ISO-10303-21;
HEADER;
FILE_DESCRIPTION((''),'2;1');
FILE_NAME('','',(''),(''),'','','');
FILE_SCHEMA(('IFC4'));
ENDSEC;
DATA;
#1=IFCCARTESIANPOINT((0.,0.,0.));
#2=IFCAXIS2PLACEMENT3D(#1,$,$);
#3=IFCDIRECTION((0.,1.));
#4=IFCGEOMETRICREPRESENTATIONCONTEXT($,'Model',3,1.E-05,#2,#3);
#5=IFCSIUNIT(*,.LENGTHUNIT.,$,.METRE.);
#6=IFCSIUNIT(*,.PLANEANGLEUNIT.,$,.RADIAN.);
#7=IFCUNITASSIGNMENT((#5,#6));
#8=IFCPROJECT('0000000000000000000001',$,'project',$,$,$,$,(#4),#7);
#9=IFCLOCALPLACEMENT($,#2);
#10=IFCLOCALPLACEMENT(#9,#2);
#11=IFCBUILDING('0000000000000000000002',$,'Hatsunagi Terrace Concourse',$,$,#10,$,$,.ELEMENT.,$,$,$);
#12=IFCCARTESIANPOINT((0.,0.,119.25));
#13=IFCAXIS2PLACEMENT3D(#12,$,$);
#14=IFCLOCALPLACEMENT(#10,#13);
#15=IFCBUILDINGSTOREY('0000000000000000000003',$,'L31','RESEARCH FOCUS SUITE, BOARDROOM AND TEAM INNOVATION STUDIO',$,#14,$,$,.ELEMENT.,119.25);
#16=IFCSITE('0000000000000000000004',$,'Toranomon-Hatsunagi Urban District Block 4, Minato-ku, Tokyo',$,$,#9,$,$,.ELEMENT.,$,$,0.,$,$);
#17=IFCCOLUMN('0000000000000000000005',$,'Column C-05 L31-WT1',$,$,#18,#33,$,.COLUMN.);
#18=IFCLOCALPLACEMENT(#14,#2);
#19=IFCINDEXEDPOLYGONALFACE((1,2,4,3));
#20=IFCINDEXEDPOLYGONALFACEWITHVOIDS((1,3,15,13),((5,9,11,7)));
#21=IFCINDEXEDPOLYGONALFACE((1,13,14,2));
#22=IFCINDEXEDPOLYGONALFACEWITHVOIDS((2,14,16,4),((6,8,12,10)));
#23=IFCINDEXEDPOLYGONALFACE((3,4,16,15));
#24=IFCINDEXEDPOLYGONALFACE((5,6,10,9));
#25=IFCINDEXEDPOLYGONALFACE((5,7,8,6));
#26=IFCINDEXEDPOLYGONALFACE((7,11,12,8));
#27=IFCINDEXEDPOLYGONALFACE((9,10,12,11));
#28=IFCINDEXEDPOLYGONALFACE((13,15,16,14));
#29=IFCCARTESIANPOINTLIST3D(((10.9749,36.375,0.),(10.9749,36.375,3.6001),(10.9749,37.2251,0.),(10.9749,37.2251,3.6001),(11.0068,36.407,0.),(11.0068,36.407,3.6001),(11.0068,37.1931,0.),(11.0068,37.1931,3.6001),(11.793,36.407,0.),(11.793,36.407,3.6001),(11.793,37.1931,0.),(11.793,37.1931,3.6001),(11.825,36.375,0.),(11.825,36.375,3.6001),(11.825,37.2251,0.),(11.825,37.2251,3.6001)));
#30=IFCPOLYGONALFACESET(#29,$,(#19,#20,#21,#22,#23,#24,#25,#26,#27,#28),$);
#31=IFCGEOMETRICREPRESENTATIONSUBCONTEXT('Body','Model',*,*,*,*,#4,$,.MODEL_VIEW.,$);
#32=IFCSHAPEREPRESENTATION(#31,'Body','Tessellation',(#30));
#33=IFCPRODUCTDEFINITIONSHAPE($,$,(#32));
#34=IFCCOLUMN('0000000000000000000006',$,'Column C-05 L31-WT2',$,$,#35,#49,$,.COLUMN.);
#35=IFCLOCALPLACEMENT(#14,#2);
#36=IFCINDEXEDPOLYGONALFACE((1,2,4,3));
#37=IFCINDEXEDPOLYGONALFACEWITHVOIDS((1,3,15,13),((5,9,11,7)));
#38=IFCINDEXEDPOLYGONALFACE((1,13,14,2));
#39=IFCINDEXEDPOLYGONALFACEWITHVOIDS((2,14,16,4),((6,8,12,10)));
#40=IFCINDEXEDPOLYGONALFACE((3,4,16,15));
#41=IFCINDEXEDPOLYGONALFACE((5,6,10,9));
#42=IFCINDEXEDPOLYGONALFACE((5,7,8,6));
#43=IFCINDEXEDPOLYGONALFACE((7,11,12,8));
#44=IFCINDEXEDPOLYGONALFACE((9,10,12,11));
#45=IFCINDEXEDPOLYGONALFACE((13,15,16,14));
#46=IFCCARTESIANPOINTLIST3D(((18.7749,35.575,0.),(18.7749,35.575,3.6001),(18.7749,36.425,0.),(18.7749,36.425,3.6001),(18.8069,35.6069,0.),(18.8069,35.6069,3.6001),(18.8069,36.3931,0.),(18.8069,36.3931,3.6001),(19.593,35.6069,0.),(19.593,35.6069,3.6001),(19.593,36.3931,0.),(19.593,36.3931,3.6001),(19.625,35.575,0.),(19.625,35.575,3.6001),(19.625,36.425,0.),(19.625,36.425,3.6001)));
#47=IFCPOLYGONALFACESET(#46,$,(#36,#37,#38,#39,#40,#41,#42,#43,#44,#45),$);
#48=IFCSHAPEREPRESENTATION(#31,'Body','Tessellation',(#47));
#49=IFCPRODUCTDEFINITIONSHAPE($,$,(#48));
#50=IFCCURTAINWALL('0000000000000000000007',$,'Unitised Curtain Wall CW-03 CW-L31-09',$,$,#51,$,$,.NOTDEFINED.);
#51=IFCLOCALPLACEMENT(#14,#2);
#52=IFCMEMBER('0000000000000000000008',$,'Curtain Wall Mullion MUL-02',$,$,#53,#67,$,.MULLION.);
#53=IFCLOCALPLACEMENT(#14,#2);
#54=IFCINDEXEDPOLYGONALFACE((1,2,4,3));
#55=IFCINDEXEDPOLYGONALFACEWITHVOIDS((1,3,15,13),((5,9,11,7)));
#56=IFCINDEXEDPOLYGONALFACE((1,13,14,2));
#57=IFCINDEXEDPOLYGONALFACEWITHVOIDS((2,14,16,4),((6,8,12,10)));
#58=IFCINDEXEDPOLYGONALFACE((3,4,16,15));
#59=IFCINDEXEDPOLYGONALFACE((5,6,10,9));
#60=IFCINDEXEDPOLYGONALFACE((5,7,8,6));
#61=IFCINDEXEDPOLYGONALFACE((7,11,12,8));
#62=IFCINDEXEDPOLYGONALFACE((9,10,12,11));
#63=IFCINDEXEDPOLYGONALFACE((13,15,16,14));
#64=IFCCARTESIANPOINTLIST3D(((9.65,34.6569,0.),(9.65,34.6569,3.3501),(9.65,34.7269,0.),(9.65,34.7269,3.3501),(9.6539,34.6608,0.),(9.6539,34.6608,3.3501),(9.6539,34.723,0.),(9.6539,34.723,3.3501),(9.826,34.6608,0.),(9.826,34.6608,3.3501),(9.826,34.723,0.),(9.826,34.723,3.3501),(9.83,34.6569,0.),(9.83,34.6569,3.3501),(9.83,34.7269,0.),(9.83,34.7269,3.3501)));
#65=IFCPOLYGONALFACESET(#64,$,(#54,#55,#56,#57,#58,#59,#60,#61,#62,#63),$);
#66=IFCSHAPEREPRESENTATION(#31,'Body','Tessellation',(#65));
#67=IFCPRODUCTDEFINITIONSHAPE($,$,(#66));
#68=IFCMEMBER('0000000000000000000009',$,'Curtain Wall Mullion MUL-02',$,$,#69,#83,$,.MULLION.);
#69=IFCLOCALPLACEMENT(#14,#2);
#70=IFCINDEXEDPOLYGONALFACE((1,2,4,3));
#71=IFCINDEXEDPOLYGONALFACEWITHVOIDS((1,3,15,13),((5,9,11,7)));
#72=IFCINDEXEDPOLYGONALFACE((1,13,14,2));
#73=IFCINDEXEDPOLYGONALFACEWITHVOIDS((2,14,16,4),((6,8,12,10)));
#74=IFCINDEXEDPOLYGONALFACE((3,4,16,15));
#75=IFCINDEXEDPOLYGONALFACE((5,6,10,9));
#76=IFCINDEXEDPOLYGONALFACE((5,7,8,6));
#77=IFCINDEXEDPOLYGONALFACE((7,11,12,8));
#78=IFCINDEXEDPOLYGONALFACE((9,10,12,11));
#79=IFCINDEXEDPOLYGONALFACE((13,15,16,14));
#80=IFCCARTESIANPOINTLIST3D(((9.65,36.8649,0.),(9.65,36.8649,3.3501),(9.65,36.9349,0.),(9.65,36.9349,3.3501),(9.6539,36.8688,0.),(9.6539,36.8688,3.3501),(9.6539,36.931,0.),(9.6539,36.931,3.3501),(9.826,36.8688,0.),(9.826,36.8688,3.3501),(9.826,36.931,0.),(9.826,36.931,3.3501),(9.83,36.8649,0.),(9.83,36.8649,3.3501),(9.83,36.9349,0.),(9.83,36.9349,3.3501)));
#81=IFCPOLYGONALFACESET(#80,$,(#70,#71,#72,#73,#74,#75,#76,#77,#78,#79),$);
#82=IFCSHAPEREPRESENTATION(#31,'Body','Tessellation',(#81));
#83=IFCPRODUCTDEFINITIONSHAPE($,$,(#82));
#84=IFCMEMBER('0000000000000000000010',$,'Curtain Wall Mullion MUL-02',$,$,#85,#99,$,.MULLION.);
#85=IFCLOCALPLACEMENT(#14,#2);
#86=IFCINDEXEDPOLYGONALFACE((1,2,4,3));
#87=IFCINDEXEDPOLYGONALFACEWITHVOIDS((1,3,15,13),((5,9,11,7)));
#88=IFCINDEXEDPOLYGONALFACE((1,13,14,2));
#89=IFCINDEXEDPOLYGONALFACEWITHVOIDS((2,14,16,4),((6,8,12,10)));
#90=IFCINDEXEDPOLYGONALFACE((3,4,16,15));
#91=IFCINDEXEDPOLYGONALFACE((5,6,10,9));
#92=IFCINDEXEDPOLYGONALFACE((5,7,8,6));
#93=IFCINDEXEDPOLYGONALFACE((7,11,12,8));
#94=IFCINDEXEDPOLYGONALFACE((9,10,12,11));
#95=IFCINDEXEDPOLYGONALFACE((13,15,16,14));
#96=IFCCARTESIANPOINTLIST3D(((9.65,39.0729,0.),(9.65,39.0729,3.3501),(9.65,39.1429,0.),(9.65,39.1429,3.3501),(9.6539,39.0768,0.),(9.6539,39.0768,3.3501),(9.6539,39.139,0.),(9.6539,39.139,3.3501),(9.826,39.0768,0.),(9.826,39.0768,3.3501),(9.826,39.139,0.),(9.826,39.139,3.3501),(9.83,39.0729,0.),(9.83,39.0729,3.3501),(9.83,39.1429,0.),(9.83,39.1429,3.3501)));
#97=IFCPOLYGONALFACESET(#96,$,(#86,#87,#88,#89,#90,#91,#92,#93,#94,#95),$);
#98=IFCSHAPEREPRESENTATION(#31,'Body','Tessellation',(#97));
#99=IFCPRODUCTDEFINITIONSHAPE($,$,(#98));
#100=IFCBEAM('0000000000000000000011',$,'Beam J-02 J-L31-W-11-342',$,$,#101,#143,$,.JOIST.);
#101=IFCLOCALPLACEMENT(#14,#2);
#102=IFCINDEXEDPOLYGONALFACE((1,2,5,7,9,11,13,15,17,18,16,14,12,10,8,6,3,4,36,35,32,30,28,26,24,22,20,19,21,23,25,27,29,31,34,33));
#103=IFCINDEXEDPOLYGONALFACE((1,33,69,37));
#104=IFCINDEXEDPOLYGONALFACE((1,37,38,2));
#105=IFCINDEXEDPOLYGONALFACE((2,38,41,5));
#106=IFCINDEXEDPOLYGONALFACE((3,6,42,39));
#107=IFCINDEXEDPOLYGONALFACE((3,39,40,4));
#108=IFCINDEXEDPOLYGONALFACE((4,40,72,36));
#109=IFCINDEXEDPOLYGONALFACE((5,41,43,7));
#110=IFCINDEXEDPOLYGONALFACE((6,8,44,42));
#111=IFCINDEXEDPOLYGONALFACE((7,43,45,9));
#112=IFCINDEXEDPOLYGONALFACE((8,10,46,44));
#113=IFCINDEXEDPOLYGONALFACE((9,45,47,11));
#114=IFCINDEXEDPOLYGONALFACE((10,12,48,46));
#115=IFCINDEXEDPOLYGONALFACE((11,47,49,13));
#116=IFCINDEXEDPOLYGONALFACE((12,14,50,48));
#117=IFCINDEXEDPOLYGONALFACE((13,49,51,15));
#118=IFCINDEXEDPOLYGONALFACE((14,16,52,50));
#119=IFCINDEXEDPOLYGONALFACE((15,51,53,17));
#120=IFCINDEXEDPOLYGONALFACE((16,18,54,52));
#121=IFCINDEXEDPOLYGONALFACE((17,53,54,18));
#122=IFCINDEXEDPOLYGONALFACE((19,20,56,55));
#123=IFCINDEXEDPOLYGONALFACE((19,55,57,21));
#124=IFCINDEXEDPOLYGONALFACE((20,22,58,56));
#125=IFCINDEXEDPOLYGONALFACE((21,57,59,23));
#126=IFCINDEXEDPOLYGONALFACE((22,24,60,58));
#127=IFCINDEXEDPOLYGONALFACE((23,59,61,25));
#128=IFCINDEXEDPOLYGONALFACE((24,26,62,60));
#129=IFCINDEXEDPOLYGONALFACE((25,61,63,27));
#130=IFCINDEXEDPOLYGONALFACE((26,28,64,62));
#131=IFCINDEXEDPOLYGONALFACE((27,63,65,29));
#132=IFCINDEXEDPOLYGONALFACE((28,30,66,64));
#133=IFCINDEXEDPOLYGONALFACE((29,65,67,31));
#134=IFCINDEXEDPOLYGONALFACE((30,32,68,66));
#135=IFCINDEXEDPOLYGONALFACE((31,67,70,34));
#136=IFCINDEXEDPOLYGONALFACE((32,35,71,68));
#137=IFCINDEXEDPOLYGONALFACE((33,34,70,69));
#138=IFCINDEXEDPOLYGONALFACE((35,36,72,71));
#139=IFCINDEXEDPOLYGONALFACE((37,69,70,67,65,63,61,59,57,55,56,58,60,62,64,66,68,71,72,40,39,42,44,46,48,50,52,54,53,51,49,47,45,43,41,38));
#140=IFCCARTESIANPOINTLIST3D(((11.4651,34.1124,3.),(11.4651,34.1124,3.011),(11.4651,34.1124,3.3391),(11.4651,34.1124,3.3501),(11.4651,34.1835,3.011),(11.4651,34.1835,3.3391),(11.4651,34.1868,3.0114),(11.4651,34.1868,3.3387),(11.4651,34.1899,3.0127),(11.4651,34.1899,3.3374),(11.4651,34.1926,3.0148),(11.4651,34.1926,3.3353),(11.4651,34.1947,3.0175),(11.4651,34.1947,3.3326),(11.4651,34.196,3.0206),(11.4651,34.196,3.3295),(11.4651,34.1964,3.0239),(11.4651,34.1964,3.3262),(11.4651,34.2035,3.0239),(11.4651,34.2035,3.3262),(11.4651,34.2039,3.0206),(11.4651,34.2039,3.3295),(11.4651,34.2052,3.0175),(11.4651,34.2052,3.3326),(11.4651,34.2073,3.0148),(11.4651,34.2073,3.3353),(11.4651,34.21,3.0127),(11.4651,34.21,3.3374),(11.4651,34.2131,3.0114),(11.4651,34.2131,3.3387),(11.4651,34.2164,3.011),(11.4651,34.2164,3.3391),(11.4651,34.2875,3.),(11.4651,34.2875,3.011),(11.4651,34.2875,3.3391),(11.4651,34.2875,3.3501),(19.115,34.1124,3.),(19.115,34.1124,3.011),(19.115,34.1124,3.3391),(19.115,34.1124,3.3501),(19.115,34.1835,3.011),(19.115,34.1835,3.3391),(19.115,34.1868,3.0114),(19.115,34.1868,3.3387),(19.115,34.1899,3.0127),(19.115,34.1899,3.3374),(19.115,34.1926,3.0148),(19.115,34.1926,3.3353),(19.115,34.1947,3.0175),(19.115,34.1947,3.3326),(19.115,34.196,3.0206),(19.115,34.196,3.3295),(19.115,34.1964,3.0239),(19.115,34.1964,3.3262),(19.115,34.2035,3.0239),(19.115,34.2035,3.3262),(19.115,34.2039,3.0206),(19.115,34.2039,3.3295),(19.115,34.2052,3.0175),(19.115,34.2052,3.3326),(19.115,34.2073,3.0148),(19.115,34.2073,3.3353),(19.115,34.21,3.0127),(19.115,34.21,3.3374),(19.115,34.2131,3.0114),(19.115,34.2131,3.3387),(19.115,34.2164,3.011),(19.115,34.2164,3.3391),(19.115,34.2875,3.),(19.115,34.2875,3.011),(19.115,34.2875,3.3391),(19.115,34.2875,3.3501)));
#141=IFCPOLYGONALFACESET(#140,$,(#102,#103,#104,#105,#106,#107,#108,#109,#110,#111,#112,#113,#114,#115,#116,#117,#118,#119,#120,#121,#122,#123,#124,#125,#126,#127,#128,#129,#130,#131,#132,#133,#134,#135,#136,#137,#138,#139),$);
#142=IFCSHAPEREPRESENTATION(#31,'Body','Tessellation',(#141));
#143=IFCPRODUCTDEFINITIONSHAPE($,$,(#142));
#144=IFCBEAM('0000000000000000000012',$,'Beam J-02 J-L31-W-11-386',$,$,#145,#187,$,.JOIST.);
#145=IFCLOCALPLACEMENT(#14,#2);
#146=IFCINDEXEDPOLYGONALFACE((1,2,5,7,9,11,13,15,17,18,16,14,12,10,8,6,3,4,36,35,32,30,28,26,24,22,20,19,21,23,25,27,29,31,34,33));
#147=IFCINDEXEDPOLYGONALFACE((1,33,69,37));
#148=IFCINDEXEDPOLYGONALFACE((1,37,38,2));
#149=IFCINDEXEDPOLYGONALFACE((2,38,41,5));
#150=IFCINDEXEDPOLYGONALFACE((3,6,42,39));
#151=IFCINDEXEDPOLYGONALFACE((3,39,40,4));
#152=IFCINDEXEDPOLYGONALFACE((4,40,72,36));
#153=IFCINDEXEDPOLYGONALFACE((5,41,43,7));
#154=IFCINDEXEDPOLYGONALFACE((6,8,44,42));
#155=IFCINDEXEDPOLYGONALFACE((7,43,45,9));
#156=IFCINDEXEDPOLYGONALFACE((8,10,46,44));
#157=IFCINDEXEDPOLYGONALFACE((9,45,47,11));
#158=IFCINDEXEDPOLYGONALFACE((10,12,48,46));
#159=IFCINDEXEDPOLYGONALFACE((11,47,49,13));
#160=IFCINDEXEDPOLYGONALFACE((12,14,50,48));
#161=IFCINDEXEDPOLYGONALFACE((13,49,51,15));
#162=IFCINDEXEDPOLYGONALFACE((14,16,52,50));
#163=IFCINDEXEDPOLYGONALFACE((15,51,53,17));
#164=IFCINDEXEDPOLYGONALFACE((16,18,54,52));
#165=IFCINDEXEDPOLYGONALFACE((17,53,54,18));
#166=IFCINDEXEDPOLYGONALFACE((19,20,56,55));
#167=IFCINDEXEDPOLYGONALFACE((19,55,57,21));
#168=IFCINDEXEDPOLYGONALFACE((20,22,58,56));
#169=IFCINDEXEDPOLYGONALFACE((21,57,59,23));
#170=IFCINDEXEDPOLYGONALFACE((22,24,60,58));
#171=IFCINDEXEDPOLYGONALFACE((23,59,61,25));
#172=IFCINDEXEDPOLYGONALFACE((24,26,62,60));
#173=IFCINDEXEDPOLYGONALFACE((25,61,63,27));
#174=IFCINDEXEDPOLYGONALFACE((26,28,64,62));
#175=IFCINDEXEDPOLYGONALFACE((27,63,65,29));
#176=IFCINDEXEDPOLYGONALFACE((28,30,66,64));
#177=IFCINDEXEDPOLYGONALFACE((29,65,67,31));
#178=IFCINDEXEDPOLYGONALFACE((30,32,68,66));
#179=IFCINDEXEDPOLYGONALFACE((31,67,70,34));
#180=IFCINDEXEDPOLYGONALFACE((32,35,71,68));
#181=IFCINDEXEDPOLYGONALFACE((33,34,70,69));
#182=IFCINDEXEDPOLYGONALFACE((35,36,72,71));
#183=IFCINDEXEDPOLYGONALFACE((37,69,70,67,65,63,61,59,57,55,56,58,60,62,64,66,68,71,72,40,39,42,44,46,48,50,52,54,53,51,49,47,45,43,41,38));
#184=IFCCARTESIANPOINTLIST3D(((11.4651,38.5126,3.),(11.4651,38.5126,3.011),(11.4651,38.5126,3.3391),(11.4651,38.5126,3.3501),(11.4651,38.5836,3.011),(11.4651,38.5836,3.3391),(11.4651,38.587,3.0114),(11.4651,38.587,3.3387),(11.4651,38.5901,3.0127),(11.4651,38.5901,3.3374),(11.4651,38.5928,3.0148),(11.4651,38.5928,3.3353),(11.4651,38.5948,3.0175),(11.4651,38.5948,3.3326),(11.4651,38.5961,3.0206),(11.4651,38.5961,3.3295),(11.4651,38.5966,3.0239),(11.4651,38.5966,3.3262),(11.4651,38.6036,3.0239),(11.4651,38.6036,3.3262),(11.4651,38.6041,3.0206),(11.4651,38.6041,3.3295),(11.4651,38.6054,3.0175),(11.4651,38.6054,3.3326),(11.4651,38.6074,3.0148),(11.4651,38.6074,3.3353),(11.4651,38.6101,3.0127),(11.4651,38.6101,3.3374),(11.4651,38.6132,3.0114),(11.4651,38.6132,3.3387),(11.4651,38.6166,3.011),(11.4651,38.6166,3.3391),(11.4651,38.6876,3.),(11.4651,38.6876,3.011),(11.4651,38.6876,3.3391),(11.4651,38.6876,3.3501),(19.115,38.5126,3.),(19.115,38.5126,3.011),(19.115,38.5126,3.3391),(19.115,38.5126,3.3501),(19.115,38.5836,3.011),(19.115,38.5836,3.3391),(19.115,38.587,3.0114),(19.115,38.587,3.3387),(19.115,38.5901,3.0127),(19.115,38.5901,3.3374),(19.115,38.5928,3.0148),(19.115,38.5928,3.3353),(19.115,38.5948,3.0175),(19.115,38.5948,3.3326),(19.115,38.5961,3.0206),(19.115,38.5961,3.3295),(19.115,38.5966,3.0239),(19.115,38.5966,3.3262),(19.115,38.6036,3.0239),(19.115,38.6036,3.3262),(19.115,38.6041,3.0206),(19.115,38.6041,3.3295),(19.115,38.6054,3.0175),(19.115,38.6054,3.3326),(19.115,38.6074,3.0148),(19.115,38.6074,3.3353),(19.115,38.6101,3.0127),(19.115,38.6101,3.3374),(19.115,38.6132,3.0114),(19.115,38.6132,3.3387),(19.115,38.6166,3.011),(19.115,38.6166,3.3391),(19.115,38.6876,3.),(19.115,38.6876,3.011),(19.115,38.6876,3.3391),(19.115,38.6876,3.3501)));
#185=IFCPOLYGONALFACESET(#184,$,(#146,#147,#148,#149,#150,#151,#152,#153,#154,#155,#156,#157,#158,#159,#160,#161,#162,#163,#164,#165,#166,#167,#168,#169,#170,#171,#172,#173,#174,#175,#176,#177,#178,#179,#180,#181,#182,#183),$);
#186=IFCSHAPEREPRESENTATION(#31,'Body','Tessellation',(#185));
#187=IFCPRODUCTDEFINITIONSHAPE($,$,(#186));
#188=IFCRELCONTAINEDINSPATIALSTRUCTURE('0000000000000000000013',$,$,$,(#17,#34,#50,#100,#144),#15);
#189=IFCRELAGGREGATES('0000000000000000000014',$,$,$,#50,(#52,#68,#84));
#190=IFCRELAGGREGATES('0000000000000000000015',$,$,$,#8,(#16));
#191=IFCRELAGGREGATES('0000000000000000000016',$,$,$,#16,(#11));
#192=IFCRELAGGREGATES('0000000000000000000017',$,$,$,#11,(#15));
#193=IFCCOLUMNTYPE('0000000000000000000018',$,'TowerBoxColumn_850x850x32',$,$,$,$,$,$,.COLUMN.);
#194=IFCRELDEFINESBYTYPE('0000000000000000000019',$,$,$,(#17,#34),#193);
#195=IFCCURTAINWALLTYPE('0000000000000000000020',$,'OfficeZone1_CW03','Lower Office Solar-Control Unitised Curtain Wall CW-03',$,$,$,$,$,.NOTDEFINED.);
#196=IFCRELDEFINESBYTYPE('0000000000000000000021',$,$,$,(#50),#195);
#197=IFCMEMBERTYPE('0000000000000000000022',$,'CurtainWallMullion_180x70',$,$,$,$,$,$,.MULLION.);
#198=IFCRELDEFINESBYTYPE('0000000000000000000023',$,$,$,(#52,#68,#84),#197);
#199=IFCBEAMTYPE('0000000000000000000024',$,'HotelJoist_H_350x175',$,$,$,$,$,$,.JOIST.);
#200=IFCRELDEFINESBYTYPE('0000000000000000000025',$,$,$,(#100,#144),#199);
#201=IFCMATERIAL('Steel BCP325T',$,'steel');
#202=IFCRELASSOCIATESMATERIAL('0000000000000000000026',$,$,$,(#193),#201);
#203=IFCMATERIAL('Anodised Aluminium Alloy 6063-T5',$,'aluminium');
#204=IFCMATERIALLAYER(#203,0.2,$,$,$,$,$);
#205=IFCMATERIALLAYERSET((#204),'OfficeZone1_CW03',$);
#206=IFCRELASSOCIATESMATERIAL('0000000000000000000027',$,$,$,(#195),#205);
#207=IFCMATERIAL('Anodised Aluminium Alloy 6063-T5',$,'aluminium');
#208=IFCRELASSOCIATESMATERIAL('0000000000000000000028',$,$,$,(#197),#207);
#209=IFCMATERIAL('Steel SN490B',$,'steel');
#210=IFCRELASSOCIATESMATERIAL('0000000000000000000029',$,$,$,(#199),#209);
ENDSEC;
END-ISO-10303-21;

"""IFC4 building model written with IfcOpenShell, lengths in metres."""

from ifc_helpers import new_model, si_unit, direction, frame, origin, origin_2d, place, context, subcontext, project, spatial, hollow_rectangle, i_section, extrude, material, layer, layer_set, material_profile, profile_set, type_object, element, aggregate, save


model = new_model("IFC4")

# Units and contexts
model_context = context("Model", 3, precision=1e-05, world=origin(), true_north=direction((0.0, 1.0)))
body_context = subcontext(model_context, "Body", "Model", "MODEL_VIEW")
ifc_project = project(units=[si_unit("LENGTHUNIT", "METRE"), si_unit("PLANEANGLEUNIT", "RADIAN")], contexts=[model_context])

# Site, building, storey
site_placement = place(None, origin())
site = spatial("IfcSite", under=ifc_project, at=site_placement, Name="Toranomon-Hatsunagi Urban District Block 4, Minato-ku, Tokyo", CompositionType="ELEMENT", RefElevation=0.0)
building_placement = place(site_placement, origin())
building = spatial("IfcBuilding", under=site, at=building_placement, Name="Hatsunagi Terrace Concourse", CompositionType="ELEMENT")
storey_placement = place(building_placement, frame((0.0, 0.0, 119.25)))
storey = spatial("IfcBuildingStorey", under=building, at=storey_placement, Name="L31", Description="RESEARCH FOCUS SUITE, BOARDROOM AND TEAM INNOVATION STUDIO", CompositionType="ELEMENT", Elevation=119.25)

# Columns
ifc_material_1 = material(Name="Steel BCP325T", Category="steel")
ifc_material_profile_1 = material_profile(ifc_material_1, hollow_rectangle(XDim=0.8501, YDim=0.8501, WallThickness=0.032, at=origin_2d()), Name="BCP-850x850x32")
ifc_profile_set_1 = profile_set([ifc_material_profile_1], Name="Steel BCP325T")
column_type = type_object("IfcColumnType", Name="TowerBoxColumn_850x850x32", PredefinedType="COLUMN", material=ifc_profile_set_1)
for number, where, z_axis, x_axis, name in (
    (1, (11.3999, 36.8, 0.0), (0.0, 0.0, 1.0), (1.0, 0.0, 0.0), "Column C-05 L31-WT1"),
    (2, (19.2, 36.0, 0.0), (0.0, 0.0, 1.0), (1.0, 0.0, 0.0), "Column C-05 L31-WT2"),
):
    element("IfcColumn", number, at=place(storey_placement, frame(where, z_axis=z_axis, x_axis=x_axis)), inside=storey, type_object=column_type, Name=name, PredefinedType="COLUMN", context=body_context, shape_type="SweptSolid", body=[
        extrude(hollow_rectangle(XDim=0.8501, YDim=0.8501, WallThickness=0.032, at=origin_2d()), origin(), (0.0, 0.0, 1.0), 3.6001),
    ])

# Curtain wall, members
ifc_material_2 = material(Name="Anodised Aluminium Alloy 6063-T5", Category="aluminium")
ifc_layer_1 = layer(ifc_material_2, 0.2)
ifc_layer_set_1 = layer_set([ifc_layer_1], Name="OfficeZone1_CW03")
curtain_wall_type = type_object("IfcCurtainWallType", Name="OfficeZone1_CW03", Description="Lower Office Solar-Control Unitised Curtain Wall CW-03", PredefinedType="NOTDEFINED", material=ifc_layer_set_1)
curtain_wall_placement = place(storey_placement, origin())
curtain_wall = element("IfcCurtainWall", 3, at=curtain_wall_placement, inside=storey, type_object=curtain_wall_type, Name="Unitised Curtain Wall CW-03 CW-L31-09", PredefinedType="NOTDEFINED")
ifc_material_3 = material(Name="Anodised Aluminium Alloy 6063-T5", Category="aluminium")
ifc_material_profile_2 = material_profile(ifc_material_3, hollow_rectangle(XDim=0.0701, YDim=0.1799, WallThickness=0.0039, at=origin_2d()), Name="ALU-MUL-180x70x4")
ifc_profile_set_2 = profile_set([ifc_material_profile_2], Name="Anodised Aluminium Alloy 6063-T5")
member_type = type_object("IfcMemberType", Name="CurtainWallMullion_180x70", PredefinedType="MULLION", material=ifc_profile_set_2)
member_1_placement = place(storey_placement, frame((9.74, 34.6919, 0.0), z_axis=(0.0, 0.0, 1.0), x_axis=(0.0, 1.0, 0.0)))
member_1 = element("IfcMember", 4, at=member_1_placement, type_object=member_type, Name="Curtain Wall Mullion MUL-02", PredefinedType="MULLION", context=body_context, shape_type="SweptSolid", body=[
    extrude(hollow_rectangle(XDim=0.0701, YDim=0.1799, WallThickness=0.0039, at=origin_2d()), origin(), (0.0, 0.0, 1.0), 3.3501),
])
member_2_placement = place(storey_placement, frame((9.74, 36.8999, 0.0), z_axis=(0.0, 0.0, 1.0), x_axis=(0.0, 1.0, 0.0)))
member_2 = element("IfcMember", 5, at=member_2_placement, type_object=member_type, Name="Curtain Wall Mullion MUL-02", PredefinedType="MULLION", context=body_context, shape_type="SweptSolid", body=[
    extrude(hollow_rectangle(XDim=0.0701, YDim=0.1799, WallThickness=0.0039, at=origin_2d()), origin(), (0.0, 0.0, 1.0), 3.3501),
])
member_3_placement = place(storey_placement, frame((9.74, 39.1079, 0.0), z_axis=(0.0, 0.0, 1.0), x_axis=(0.0, 1.0, 0.0)))
member_3 = element("IfcMember", 6, at=member_3_placement, type_object=member_type, Name="Curtain Wall Mullion MUL-02", PredefinedType="MULLION", context=body_context, shape_type="SweptSolid", body=[
    extrude(hollow_rectangle(XDim=0.0701, YDim=0.1799, WallThickness=0.0039, at=origin_2d()), origin(), (0.0, 0.0, 1.0), 3.3501),
])

# Beams
ifc_material_4 = material(Name="Steel SN490B", Category="steel")
ifc_material_profile_3 = material_profile(ifc_material_4, i_section(OverallWidth=0.175, OverallDepth=0.3501, WebThickness=0.0071, FlangeThickness=0.011, FilletRadius=0.0129, at=origin_2d()), Name="H-350x175x7x11")
ifc_profile_set_3 = profile_set([ifc_material_profile_3], Name="Steel SN490B")
beam_type_1 = type_object("IfcBeamType", Name="HotelJoist_H_350x175", PredefinedType="JOIST", material=ifc_profile_set_3)
for number, where, z_axis, x_axis, name in (
    (7, (11.4651, 34.2, 3.175), (1.0, 0.0, 0.0), (0.0, 1.0, 0.0), "Beam J-02 J-L31-W-11-342"),
    (8, (11.4651, 38.6001, 3.175), (1.0, 0.0, 0.0), (0.0, 1.0, 0.0), "Beam J-02 J-L31-W-11-386"),
):
    element("IfcBeam", number, at=place(storey_placement, frame(where, z_axis=z_axis, x_axis=x_axis)), inside=storey, type_object=beam_type_1, Name=name, PredefinedType="JOIST", context=body_context, shape_type="SweptSolid", body=[
        extrude(i_section(OverallWidth=0.175, OverallDepth=0.3501, WebThickness=0.0071, FlangeThickness=0.011, FilletRadius=0.0129, at=origin_2d()), origin(), (0.0, 0.0, 1.0), 7.6499),
    ])

aggregate(curtain_wall, [member_1, member_2, member_3])

save(model, "model.ifc")
